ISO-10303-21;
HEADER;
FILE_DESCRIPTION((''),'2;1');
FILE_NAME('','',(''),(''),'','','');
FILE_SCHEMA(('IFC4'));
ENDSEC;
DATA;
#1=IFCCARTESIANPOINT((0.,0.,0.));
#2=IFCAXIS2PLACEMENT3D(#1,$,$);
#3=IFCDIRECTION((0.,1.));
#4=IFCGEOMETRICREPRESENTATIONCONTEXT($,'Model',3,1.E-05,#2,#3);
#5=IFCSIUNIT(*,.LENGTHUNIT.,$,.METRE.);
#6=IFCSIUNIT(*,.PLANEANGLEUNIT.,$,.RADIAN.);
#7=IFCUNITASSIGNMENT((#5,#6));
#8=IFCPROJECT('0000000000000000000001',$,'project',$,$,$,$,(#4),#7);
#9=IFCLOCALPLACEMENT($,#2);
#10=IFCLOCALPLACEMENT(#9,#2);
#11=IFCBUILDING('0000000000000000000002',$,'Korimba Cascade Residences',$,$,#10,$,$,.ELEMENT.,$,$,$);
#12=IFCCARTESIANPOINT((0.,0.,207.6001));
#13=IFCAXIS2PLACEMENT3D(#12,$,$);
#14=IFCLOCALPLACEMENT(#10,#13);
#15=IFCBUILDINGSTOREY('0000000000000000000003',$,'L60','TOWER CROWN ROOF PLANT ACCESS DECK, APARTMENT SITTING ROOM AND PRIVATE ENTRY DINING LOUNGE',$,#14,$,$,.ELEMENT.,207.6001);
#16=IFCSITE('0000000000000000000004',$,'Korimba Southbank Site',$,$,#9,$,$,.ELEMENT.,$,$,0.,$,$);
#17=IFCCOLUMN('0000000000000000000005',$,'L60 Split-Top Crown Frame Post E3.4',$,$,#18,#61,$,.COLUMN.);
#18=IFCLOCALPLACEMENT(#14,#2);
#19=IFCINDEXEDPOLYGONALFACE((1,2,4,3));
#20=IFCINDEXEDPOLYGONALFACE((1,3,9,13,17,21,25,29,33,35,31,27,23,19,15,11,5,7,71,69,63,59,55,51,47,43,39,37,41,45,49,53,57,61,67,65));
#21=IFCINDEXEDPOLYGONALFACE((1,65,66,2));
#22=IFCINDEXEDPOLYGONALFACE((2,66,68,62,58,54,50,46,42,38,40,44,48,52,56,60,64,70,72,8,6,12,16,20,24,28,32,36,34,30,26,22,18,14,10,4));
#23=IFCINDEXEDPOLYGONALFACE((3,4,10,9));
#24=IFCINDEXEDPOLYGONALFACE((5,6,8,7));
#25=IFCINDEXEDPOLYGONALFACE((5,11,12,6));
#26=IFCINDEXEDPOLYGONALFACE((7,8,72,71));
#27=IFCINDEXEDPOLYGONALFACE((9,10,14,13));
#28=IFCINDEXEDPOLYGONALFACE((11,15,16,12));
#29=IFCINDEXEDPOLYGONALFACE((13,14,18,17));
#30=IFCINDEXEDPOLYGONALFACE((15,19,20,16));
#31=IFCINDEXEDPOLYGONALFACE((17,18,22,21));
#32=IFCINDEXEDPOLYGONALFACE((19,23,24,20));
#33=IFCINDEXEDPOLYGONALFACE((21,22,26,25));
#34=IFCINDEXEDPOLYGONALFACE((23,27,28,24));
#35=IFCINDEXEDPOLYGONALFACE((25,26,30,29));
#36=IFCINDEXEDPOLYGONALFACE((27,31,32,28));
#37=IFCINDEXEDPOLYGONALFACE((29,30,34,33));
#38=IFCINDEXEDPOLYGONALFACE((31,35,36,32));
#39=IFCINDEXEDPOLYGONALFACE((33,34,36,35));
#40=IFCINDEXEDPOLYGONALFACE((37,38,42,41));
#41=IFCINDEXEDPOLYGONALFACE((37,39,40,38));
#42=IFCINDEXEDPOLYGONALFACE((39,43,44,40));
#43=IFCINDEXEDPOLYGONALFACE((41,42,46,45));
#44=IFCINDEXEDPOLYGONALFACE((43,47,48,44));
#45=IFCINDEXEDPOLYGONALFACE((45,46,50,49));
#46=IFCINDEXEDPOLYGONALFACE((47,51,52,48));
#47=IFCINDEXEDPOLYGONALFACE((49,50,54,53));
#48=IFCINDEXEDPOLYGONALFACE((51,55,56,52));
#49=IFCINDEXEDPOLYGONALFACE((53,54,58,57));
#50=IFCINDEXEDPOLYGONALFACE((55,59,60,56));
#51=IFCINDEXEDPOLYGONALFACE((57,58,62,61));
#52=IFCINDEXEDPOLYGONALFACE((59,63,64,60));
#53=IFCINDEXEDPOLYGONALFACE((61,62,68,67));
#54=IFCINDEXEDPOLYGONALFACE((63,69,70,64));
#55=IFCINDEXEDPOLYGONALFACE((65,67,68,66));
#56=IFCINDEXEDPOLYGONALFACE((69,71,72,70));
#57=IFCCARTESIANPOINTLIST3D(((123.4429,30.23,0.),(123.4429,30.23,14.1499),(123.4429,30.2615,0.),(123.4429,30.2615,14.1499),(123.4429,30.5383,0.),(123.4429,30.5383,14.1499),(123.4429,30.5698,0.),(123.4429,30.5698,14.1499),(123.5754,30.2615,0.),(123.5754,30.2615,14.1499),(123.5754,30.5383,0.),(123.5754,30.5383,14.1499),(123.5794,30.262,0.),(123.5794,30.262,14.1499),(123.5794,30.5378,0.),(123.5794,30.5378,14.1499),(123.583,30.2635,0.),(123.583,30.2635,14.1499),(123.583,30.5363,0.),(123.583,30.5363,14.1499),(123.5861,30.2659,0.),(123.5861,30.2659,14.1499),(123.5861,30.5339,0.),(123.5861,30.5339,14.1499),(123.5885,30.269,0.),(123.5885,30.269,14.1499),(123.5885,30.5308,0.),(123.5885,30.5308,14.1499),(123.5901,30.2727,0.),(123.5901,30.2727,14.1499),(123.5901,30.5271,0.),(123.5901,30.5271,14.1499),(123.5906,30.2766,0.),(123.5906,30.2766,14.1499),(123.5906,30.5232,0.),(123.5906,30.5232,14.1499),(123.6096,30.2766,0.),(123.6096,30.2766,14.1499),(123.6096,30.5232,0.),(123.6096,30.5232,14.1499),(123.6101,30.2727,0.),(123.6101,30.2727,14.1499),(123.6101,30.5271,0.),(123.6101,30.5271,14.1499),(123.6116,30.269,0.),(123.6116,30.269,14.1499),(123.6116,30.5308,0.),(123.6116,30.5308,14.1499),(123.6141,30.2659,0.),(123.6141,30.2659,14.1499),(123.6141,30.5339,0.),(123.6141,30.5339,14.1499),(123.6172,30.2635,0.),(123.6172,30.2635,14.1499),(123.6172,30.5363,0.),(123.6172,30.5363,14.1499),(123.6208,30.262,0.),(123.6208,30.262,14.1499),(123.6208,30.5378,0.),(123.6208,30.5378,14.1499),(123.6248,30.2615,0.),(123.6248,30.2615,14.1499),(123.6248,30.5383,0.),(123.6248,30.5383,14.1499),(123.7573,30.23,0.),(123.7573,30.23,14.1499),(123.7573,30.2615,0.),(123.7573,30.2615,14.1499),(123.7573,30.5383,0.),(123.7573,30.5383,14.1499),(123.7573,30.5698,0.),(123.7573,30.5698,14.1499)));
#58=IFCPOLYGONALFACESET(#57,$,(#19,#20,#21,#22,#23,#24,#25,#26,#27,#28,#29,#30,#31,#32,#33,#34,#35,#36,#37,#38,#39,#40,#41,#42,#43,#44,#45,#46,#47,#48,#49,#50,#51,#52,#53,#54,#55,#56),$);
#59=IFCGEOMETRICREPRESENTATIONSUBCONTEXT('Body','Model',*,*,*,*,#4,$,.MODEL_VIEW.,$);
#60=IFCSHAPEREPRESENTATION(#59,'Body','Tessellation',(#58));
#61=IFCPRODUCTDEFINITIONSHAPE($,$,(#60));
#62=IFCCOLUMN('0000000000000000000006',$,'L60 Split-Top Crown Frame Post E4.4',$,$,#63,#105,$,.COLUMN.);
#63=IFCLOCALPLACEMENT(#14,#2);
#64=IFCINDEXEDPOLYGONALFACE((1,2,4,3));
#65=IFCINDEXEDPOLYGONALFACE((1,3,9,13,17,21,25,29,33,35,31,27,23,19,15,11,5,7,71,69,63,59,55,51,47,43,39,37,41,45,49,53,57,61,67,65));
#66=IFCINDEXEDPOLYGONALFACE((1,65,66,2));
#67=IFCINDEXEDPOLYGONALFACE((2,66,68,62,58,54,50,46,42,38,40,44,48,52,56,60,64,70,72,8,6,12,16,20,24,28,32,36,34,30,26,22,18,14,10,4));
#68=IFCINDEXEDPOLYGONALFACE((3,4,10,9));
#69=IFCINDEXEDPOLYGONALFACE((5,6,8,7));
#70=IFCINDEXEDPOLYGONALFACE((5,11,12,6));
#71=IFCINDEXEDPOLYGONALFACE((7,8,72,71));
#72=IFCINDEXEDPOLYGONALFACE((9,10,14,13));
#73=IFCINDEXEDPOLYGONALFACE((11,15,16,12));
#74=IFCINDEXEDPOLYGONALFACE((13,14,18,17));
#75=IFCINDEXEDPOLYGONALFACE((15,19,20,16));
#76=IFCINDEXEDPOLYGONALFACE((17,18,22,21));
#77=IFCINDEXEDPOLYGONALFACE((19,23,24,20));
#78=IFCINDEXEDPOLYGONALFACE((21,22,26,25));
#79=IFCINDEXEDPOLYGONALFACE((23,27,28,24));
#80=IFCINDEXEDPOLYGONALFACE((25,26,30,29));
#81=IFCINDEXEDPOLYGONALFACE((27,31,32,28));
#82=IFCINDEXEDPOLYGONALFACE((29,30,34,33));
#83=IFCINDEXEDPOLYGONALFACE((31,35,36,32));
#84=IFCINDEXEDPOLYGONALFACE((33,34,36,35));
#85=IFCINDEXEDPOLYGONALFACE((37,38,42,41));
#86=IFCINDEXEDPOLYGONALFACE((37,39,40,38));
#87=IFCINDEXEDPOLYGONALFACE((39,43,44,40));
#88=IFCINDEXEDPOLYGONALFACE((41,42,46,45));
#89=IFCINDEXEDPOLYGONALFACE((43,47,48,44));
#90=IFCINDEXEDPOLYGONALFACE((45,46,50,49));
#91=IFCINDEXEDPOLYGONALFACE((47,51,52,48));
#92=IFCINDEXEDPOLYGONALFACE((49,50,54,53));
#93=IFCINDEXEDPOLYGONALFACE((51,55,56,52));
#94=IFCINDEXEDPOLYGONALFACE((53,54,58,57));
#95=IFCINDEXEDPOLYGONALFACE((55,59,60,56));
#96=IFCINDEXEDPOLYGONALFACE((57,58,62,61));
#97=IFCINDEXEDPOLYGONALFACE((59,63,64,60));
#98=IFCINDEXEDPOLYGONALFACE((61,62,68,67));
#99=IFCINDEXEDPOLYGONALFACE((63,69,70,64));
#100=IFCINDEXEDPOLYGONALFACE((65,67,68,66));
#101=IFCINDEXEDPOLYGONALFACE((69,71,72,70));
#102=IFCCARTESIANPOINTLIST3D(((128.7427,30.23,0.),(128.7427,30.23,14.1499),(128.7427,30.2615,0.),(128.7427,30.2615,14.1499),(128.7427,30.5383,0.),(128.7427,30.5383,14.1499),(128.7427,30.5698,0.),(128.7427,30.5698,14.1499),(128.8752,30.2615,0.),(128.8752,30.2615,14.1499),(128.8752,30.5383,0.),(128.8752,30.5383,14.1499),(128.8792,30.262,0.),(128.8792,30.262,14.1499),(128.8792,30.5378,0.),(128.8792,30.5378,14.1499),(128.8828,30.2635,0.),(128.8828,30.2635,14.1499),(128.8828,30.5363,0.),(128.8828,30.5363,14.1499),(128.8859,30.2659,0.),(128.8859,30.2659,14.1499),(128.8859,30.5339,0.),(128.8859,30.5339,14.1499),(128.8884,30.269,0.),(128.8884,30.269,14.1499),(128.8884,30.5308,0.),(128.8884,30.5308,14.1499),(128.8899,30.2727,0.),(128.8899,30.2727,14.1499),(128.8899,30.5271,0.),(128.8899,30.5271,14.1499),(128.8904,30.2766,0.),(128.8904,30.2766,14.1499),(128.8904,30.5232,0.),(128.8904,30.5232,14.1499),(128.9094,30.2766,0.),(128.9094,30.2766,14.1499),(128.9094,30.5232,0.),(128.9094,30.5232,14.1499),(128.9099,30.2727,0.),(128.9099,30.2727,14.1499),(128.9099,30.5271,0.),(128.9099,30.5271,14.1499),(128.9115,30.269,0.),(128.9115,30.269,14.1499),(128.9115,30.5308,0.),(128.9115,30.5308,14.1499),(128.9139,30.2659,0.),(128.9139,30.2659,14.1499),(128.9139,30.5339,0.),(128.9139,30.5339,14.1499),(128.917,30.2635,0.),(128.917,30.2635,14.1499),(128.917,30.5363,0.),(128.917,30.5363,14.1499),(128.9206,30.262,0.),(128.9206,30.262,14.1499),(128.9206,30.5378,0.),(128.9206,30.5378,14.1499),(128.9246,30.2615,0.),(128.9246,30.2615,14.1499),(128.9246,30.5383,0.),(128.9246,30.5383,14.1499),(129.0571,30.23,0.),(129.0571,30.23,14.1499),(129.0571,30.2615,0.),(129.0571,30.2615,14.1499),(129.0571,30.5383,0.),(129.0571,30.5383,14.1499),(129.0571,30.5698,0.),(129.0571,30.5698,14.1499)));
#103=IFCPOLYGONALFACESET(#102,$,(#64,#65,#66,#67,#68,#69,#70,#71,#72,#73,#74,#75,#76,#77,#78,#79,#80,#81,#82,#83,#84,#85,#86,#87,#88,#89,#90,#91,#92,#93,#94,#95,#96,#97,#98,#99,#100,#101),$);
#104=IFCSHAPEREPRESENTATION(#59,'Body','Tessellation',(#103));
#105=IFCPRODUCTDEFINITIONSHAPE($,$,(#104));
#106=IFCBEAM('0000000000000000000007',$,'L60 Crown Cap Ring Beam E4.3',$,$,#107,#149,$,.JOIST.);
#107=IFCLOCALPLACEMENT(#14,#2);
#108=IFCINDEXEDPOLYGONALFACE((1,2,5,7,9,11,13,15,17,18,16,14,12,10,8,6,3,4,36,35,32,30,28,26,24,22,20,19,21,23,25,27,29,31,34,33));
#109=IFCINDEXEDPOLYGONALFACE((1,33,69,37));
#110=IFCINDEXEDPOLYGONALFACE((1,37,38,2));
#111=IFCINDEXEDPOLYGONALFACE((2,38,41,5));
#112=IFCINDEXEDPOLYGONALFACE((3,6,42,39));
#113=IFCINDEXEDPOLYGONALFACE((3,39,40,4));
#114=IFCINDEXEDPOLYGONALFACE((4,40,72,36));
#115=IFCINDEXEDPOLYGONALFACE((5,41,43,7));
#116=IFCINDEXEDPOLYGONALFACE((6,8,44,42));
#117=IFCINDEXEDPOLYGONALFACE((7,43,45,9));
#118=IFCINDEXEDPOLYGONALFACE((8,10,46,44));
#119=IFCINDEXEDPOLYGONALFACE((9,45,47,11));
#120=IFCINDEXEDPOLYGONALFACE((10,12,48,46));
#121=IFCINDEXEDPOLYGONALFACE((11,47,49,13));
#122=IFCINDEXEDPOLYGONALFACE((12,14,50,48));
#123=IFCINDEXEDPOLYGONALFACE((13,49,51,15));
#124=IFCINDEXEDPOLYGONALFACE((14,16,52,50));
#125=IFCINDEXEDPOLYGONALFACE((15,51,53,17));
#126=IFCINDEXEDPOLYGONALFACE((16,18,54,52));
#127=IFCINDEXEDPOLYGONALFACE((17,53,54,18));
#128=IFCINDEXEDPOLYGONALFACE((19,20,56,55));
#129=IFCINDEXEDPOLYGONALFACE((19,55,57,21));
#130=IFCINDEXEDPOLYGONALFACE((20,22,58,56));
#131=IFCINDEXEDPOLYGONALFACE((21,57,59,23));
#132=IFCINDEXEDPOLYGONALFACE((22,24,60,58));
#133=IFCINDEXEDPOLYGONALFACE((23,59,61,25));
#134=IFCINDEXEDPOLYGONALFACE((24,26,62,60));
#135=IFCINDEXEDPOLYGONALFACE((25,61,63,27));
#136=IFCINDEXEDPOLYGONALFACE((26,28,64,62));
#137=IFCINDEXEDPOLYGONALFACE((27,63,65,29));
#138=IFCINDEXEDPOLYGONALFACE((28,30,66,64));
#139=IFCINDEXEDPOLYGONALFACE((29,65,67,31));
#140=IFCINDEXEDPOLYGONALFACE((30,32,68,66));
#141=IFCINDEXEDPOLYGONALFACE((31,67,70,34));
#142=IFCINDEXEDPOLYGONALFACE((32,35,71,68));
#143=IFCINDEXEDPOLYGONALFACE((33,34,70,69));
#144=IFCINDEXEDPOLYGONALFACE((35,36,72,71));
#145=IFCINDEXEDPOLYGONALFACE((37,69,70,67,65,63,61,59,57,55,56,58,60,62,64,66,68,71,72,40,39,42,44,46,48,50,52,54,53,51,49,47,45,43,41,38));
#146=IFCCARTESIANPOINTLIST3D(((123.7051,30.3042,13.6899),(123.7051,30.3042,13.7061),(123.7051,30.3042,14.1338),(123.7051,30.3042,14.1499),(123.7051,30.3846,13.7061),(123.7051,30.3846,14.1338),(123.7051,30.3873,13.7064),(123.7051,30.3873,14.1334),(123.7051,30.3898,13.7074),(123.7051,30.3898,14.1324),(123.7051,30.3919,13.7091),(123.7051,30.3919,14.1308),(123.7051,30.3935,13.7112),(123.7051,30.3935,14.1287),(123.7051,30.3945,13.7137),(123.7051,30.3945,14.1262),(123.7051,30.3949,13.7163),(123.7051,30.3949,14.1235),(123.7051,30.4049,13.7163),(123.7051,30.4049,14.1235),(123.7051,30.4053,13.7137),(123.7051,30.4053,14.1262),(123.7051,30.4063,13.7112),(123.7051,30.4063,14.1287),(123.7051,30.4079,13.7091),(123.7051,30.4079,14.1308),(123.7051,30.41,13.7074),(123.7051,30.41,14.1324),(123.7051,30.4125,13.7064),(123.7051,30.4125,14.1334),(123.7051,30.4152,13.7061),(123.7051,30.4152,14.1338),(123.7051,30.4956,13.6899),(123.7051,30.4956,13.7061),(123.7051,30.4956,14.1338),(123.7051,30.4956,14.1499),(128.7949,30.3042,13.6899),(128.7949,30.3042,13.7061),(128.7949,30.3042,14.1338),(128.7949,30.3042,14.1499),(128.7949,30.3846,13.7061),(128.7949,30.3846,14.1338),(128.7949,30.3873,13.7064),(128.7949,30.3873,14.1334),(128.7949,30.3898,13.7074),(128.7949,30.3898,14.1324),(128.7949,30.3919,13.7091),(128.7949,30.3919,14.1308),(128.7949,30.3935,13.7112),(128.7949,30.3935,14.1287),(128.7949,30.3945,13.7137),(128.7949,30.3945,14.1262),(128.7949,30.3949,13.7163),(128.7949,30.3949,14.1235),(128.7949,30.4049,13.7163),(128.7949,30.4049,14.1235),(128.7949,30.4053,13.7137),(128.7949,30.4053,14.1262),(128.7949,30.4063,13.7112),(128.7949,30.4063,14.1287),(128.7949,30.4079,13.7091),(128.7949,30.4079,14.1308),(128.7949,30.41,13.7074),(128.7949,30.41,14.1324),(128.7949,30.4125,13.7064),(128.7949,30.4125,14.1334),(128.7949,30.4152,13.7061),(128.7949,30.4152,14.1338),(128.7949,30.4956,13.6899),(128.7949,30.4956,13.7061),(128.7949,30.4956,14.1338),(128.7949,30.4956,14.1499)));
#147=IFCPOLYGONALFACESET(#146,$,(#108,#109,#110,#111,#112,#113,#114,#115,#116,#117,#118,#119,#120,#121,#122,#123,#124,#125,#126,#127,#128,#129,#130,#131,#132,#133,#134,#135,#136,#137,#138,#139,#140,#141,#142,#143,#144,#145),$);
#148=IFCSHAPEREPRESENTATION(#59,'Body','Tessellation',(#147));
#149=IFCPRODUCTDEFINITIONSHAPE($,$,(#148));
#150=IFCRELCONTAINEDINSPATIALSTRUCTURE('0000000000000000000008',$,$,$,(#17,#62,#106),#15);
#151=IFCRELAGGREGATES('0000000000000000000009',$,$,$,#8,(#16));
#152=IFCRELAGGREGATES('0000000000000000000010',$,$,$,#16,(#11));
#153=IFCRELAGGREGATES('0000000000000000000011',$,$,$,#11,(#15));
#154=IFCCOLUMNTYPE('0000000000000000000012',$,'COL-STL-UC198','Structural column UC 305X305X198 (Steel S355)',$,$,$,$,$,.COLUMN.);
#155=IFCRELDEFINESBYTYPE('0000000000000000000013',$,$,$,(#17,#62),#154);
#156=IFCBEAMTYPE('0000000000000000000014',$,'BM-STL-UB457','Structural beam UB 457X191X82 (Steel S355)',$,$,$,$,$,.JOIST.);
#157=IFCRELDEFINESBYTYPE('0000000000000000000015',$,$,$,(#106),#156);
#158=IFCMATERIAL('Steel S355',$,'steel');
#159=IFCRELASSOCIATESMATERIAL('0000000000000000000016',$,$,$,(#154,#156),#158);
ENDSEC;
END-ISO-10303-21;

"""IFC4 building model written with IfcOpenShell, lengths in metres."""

from ifc_helpers import new_model, si_unit, direction, frame, origin, origin_2d, place, context, subcontext, project, spatial, i_section, extrude, material, material_profile, profile_set, type_object, element, save


model = new_model("IFC4")

# Units and contexts
model_context = context("Model", 3, precision=1e-05, world=origin(), true_north=direction((0.0, 1.0)))
body_context = subcontext(model_context, "Body", "Model", "MODEL_VIEW")
ifc_project = project(units=[si_unit("LENGTHUNIT", "METRE"), si_unit("PLANEANGLEUNIT", "RADIAN")], contexts=[model_context])

# Site, building, storey
site_placement = place(None, origin())
site = spatial("IfcSite", under=ifc_project, at=site_placement, Name="Korimba Southbank Site", CompositionType="ELEMENT", RefElevation=0.0)
building_placement = place(site_placement, origin())
building = spatial("IfcBuilding", under=site, at=building_placement, Name="Korimba Cascade Residences", CompositionType="ELEMENT")
storey_placement = place(building_placement, frame((0.0, 0.0, 207.6001)))
storey = spatial("IfcBuildingStorey", under=building, at=storey_placement, Name="L60", Description="TOWER CROWN ROOF PLANT ACCESS DECK, APARTMENT SITTING ROOM AND PRIVATE ENTRY DINING LOUNGE", CompositionType="ELEMENT", Elevation=207.6001)

# Columns
ifc_material_1 = material(Name="Steel S355", Category="steel")
ifc_material_profile_1 = material_profile(ifc_material_1, i_section(OverallWidth=0.3145, OverallDepth=0.3398, WebThickness=0.019, FlangeThickness=0.0315, FilletRadius=0.0151, at=origin_2d()), Name="Steel S355")
ifc_profile_set_1 = profile_set([ifc_material_profile_1], Name="Steel S355")
column_type = type_object("IfcColumnType", Name="COL-STL-UC198", Description="Structural column UC 305X305X198 (Steel S355)", PredefinedType="COLUMN", material=ifc_profile_set_1)
for number, where, z_axis, x_axis, name in (
    (1, (123.6001, 30.3999, 0.0), (0.0, 0.0, 1.0), (1.0, 0.0, 0.0), "L60 Split-Top Crown Frame Post E3.4"),
    (2, (128.8999, 30.3999, 0.0), (0.0, 0.0, 1.0), (1.0, 0.0, 0.0), "L60 Split-Top Crown Frame Post E4.4"),
):
    element("IfcColumn", number, at=place(storey_placement, frame(where, z_axis=z_axis, x_axis=x_axis)), inside=storey, type_object=column_type, Name=name, PredefinedType="COLUMN", context=body_context, shape_type="SweptSolid", body=[
        extrude(i_section(OverallWidth=0.3145, OverallDepth=0.3398, WebThickness=0.019, FlangeThickness=0.0315, FilletRadius=0.0151, at=origin_2d()), origin(), (0.0, 0.0, 1.0), 14.1499),
    ])

# Beam
ifc_material_profile_2 = material_profile(ifc_material_1, i_section(OverallWidth=0.1914, OverallDepth=0.46, WebThickness=0.01, FlangeThickness=0.0161, FilletRadius=0.0103, at=origin_2d()), Name="Steel S355")
ifc_profile_set_2 = profile_set([ifc_material_profile_2], Name="Steel S355")
beam_type = type_object("IfcBeamType", Name="BM-STL-UB457", Description="Structural beam UB 457X191X82 (Steel S355)", PredefinedType="JOIST", material=ifc_profile_set_2)
beam_placement = place(storey_placement, frame((123.7051, 30.3999, 13.9199), z_axis=(1.0, 0.0, 0.0), x_axis=(0.0, 1.0, 0.0)))
element("IfcBeam", 3, at=beam_placement, inside=storey, type_object=beam_type, Name="L60 Crown Cap Ring Beam E4.3", PredefinedType="JOIST", context=body_context, shape_type="SweptSolid", body=[
    extrude(i_section(OverallWidth=0.1914, OverallDepth=0.46, WebThickness=0.01, FlangeThickness=0.0161, FilletRadius=0.0103, at=origin_2d()), origin(), (0.0, 0.0, 1.0), 5.0898),
])

save(model, "model.ifc")
